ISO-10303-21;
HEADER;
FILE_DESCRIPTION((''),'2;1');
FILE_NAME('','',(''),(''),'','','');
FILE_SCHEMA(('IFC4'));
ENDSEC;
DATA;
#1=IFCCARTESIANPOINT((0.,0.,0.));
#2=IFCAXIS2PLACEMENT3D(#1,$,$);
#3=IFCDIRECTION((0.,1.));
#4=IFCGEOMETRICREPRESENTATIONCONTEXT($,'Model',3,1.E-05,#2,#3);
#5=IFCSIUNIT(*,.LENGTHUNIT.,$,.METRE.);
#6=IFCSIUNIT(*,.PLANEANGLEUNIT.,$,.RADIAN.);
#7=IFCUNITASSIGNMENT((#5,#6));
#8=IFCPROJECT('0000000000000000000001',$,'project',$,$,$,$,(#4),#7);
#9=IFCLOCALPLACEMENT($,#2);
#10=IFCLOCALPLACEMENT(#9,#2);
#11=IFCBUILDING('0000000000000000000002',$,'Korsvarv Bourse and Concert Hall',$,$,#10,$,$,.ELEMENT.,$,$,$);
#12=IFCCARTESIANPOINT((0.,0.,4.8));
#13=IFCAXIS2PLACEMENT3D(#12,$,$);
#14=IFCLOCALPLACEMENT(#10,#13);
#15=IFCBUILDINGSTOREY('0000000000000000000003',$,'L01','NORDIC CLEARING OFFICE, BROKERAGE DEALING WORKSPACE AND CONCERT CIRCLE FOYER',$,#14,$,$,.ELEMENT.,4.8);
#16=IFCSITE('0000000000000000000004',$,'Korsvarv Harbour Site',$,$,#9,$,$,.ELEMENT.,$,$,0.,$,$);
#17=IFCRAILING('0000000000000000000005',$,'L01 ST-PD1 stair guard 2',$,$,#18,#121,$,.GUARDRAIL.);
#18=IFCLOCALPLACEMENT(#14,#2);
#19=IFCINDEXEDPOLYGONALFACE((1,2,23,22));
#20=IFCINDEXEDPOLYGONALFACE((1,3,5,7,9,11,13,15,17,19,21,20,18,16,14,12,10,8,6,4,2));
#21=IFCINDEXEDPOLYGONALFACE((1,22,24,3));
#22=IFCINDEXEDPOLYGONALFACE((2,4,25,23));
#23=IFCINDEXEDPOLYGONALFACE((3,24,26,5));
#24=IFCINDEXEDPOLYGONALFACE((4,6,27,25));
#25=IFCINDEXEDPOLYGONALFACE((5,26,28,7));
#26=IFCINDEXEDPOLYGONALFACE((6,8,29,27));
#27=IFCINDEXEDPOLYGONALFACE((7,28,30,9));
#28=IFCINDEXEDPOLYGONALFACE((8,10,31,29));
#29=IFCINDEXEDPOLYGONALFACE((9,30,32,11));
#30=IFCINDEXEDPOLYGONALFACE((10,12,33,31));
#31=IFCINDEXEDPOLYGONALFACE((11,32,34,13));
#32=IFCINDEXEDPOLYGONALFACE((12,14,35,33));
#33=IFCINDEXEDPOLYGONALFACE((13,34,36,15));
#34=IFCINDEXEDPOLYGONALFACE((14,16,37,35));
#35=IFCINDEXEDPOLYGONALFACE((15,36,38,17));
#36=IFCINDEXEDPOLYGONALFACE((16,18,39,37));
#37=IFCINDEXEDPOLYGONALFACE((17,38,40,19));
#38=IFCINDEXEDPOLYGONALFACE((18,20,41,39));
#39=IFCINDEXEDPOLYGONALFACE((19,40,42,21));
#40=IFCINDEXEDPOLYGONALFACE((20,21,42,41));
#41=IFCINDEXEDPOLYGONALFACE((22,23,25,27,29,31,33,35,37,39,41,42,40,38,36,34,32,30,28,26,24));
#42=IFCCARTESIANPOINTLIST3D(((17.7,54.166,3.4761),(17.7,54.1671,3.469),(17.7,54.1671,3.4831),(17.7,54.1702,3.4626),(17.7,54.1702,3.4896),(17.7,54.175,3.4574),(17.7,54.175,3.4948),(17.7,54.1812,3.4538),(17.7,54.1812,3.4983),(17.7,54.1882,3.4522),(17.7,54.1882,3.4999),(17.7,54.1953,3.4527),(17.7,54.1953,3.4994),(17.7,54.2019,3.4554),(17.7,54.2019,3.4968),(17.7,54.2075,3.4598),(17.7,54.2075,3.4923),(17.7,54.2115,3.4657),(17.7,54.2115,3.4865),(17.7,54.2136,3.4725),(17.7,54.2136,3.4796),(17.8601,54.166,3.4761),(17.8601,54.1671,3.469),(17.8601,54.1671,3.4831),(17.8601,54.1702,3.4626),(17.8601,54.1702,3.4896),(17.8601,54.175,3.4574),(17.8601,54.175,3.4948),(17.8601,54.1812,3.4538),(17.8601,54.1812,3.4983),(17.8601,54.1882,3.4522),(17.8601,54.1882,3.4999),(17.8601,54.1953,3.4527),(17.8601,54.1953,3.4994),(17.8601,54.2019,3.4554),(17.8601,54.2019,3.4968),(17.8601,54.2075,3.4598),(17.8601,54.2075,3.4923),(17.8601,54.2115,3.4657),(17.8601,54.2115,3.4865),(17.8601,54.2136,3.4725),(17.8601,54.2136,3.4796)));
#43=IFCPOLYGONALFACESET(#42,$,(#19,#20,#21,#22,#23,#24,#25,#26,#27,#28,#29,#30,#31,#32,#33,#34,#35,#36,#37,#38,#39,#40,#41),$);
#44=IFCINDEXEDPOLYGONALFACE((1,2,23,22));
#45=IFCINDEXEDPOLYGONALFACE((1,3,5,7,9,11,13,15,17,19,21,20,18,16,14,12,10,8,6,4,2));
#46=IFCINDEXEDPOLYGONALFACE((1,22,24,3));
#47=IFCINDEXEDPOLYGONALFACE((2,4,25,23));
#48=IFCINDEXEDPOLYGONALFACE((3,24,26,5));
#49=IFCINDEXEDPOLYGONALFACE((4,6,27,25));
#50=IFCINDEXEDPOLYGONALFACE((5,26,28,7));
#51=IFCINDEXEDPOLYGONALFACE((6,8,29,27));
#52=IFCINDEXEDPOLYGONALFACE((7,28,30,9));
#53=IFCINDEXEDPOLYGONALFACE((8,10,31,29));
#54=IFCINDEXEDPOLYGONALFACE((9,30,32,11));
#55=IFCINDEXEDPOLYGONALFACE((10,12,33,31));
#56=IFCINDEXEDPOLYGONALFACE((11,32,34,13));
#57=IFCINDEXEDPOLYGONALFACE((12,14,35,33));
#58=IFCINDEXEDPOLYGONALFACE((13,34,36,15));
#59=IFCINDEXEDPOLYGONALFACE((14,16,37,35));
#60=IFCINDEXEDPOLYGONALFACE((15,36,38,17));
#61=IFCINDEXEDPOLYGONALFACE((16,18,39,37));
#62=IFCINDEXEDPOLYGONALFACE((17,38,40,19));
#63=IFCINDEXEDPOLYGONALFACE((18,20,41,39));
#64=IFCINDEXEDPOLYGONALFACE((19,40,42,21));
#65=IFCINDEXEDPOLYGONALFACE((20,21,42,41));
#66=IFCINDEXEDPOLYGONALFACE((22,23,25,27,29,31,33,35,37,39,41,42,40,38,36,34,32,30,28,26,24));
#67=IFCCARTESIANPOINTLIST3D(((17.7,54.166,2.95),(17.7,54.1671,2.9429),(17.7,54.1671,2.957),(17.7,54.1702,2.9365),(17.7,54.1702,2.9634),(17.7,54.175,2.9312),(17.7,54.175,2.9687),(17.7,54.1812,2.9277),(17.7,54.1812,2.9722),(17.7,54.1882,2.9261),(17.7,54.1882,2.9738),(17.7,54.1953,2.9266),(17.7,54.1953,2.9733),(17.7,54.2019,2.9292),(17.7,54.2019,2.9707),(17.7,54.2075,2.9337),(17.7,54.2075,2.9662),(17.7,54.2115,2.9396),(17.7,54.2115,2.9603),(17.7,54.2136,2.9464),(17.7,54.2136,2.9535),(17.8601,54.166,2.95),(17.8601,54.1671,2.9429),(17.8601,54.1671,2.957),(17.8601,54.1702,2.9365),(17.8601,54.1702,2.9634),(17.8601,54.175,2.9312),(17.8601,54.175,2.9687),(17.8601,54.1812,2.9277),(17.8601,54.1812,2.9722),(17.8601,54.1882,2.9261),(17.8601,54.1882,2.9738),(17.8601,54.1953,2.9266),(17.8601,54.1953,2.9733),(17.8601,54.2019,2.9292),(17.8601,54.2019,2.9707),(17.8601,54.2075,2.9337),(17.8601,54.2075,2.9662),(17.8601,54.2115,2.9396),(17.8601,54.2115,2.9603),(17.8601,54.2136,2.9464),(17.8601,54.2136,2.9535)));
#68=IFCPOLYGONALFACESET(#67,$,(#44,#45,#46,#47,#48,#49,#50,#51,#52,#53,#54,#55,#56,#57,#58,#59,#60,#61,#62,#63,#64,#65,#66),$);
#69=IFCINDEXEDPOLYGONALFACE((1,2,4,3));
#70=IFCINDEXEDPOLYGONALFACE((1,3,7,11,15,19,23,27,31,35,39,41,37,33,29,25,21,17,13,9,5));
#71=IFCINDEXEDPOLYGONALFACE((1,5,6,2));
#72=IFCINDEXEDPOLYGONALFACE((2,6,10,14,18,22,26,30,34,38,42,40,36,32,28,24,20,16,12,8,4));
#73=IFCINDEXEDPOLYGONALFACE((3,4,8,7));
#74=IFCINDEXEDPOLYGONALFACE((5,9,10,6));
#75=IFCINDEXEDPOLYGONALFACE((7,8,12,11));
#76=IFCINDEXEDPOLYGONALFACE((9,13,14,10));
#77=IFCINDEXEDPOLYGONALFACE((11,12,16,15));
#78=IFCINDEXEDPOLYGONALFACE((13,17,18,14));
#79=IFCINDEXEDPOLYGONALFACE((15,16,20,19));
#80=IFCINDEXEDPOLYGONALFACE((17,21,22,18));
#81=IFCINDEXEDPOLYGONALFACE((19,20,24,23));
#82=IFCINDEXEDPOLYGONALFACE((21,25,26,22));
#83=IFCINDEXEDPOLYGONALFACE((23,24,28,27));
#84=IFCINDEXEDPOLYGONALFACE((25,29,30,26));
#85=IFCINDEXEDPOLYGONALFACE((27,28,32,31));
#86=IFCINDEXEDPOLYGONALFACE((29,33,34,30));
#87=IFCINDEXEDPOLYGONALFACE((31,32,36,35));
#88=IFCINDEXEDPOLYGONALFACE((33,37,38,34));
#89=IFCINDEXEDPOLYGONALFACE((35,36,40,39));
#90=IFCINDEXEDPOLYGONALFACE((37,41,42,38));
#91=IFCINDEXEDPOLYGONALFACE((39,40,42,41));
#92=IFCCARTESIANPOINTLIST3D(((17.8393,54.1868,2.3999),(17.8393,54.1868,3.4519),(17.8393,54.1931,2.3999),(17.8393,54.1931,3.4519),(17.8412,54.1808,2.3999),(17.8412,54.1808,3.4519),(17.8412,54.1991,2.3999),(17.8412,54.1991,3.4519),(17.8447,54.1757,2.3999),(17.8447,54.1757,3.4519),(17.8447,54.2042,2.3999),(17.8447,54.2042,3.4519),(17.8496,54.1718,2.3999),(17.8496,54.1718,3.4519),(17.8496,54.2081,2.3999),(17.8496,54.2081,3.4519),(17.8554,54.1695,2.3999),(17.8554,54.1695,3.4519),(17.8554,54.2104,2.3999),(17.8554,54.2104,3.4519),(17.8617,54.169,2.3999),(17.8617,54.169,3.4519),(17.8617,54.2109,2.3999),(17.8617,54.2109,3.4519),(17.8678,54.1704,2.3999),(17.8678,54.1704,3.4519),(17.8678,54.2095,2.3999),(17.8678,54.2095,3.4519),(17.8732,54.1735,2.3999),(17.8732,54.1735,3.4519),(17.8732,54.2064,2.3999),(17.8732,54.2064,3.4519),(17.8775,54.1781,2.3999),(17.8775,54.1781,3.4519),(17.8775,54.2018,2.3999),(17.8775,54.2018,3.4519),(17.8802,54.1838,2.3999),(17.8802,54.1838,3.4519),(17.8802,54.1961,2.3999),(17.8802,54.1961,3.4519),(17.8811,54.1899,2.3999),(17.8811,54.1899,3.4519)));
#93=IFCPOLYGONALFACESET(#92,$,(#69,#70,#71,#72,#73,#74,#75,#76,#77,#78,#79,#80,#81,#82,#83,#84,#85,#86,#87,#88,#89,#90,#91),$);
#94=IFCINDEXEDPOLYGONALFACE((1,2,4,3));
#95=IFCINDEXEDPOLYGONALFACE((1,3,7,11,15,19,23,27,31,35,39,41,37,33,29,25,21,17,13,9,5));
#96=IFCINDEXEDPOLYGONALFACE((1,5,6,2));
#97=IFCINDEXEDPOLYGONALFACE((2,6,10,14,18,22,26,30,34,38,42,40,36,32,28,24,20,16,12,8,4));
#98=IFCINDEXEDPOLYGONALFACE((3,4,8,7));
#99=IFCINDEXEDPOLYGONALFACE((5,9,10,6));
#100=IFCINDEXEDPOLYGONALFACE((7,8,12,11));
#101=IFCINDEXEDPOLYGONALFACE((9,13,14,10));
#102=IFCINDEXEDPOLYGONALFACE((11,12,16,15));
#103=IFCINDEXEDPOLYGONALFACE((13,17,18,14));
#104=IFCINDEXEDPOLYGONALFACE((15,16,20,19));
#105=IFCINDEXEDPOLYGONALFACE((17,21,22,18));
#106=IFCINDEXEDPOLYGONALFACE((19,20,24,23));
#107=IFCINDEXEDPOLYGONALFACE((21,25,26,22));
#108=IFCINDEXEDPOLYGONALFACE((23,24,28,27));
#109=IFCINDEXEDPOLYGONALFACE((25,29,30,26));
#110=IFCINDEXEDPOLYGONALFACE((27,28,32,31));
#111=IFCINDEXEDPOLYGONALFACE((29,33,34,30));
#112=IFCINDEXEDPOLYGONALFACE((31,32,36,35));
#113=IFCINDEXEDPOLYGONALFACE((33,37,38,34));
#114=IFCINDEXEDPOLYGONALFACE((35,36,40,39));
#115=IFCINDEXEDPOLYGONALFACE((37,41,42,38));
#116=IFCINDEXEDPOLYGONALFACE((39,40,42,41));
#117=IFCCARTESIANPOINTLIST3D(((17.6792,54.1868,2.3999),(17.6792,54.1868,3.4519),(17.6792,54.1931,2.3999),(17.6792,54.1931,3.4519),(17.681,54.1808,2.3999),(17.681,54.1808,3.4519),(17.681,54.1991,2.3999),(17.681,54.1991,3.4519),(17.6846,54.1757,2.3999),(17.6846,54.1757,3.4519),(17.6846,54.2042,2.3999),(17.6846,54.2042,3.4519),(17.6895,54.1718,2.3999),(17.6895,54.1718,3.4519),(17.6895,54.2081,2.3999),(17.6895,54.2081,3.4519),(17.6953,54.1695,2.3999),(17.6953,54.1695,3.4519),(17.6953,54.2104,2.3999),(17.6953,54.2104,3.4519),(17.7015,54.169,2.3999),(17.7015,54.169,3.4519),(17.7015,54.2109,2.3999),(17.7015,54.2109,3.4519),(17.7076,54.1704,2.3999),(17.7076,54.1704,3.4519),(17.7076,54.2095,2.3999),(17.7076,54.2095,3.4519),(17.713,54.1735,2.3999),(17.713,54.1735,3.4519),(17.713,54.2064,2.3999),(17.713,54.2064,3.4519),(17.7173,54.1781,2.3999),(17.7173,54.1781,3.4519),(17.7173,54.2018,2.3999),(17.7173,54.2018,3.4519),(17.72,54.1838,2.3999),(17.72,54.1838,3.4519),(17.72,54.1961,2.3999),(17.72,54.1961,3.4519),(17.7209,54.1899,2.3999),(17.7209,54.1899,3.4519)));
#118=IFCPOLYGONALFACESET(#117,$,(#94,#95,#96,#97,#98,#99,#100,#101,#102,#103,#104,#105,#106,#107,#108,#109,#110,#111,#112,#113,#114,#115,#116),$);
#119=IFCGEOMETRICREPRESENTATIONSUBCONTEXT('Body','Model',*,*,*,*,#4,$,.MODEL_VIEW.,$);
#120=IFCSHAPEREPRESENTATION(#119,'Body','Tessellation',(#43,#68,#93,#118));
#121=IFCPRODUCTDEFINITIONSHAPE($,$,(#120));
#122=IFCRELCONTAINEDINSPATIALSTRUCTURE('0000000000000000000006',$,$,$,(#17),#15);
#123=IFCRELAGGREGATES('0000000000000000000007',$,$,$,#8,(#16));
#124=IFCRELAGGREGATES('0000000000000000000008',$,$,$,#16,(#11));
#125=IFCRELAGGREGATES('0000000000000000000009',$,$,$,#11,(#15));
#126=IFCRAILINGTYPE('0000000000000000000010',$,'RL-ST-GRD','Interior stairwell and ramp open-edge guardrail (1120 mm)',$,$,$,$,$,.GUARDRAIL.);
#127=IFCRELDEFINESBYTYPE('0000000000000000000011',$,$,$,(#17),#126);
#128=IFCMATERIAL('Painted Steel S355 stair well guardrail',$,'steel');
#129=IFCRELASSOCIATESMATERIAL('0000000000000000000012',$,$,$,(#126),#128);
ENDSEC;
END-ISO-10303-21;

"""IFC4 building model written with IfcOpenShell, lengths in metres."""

from ifc_helpers import new_model, si_unit, direction, frame, origin, origin_2d, place, context, subcontext, project, spatial, circle, extrude, material, type_object, element, save


model = new_model("IFC4")

# Units and contexts
model_context = context("Model", 3, precision=1e-05, world=origin(), true_north=direction((0.0, 1.0)))
body_context = subcontext(model_context, "Body", "Model", "MODEL_VIEW")
ifc_project = project(units=[si_unit("LENGTHUNIT", "METRE"), si_unit("PLANEANGLEUNIT", "RADIAN")], contexts=[model_context])

# Site, building, storey
site_placement = place(None, origin())
site = spatial("IfcSite", under=ifc_project, at=site_placement, Name="Korsvarv Harbour Site", CompositionType="ELEMENT", RefElevation=0.0)
building_placement = place(site_placement, origin())
building = spatial("IfcBuilding", under=site, at=building_placement, Name="Korsvarv Bourse and Concert Hall", CompositionType="ELEMENT")
storey_placement = place(building_placement, frame((0.0, 0.0, 4.8)))
storey = spatial("IfcBuildingStorey", under=building, at=storey_placement, Name="L01", Description="NORDIC CLEARING OFFICE, BROKERAGE DEALING WORKSPACE AND CONCERT CIRCLE FOYER", CompositionType="ELEMENT", Elevation=4.8)

# Railing
ifc_material_1 = material(Name="Painted Steel S355 stair well guardrail", Category="steel")
railing_type_1 = type_object("IfcRailingType", Name="RL-ST-GRD", Description="Interior stairwell and ramp open-edge guardrail (1120 mm)", PredefinedType="GUARDRAIL", material=ifc_material_1)
railing_1_placement = place(storey_placement, frame((17.8601, 54.1899, 2.3999)))
element("IfcRailing", 1, at=railing_1_placement, inside=storey, type_object=railing_type_1, Name="L01 ST-PD1 stair guard 2", PredefinedType="GUARDRAIL", context=body_context, shape_type="SweptSolid", body=[
    extrude(circle(Radius=0.0239, at=origin_2d()), frame((0.0, 0.0, 1.0762), z_axis=(-1.0, 0.0, 0.0), x_axis=(0.0, -1.0, 0.0)), (0.0, 0.0, 1.0), 0.1602),
    extrude(circle(Radius=0.0239, at=origin_2d()), frame((0.0, 0.0, 0.55), z_axis=(-1.0, 0.0, 0.0), x_axis=(0.0, -1.0, 0.0)), (0.0, 0.0, 1.0), 0.1602),
    extrude(circle(Radius=0.021, at=origin_2d()), origin(), (0.0, 0.0, 1.0), 1.052),
    extrude(circle(Radius=0.021, at=origin_2d()), frame((-0.1602, 0.0, 0.0)), (0.0, 0.0, 1.0), 1.052),
])

save(model, "model.ifc")
